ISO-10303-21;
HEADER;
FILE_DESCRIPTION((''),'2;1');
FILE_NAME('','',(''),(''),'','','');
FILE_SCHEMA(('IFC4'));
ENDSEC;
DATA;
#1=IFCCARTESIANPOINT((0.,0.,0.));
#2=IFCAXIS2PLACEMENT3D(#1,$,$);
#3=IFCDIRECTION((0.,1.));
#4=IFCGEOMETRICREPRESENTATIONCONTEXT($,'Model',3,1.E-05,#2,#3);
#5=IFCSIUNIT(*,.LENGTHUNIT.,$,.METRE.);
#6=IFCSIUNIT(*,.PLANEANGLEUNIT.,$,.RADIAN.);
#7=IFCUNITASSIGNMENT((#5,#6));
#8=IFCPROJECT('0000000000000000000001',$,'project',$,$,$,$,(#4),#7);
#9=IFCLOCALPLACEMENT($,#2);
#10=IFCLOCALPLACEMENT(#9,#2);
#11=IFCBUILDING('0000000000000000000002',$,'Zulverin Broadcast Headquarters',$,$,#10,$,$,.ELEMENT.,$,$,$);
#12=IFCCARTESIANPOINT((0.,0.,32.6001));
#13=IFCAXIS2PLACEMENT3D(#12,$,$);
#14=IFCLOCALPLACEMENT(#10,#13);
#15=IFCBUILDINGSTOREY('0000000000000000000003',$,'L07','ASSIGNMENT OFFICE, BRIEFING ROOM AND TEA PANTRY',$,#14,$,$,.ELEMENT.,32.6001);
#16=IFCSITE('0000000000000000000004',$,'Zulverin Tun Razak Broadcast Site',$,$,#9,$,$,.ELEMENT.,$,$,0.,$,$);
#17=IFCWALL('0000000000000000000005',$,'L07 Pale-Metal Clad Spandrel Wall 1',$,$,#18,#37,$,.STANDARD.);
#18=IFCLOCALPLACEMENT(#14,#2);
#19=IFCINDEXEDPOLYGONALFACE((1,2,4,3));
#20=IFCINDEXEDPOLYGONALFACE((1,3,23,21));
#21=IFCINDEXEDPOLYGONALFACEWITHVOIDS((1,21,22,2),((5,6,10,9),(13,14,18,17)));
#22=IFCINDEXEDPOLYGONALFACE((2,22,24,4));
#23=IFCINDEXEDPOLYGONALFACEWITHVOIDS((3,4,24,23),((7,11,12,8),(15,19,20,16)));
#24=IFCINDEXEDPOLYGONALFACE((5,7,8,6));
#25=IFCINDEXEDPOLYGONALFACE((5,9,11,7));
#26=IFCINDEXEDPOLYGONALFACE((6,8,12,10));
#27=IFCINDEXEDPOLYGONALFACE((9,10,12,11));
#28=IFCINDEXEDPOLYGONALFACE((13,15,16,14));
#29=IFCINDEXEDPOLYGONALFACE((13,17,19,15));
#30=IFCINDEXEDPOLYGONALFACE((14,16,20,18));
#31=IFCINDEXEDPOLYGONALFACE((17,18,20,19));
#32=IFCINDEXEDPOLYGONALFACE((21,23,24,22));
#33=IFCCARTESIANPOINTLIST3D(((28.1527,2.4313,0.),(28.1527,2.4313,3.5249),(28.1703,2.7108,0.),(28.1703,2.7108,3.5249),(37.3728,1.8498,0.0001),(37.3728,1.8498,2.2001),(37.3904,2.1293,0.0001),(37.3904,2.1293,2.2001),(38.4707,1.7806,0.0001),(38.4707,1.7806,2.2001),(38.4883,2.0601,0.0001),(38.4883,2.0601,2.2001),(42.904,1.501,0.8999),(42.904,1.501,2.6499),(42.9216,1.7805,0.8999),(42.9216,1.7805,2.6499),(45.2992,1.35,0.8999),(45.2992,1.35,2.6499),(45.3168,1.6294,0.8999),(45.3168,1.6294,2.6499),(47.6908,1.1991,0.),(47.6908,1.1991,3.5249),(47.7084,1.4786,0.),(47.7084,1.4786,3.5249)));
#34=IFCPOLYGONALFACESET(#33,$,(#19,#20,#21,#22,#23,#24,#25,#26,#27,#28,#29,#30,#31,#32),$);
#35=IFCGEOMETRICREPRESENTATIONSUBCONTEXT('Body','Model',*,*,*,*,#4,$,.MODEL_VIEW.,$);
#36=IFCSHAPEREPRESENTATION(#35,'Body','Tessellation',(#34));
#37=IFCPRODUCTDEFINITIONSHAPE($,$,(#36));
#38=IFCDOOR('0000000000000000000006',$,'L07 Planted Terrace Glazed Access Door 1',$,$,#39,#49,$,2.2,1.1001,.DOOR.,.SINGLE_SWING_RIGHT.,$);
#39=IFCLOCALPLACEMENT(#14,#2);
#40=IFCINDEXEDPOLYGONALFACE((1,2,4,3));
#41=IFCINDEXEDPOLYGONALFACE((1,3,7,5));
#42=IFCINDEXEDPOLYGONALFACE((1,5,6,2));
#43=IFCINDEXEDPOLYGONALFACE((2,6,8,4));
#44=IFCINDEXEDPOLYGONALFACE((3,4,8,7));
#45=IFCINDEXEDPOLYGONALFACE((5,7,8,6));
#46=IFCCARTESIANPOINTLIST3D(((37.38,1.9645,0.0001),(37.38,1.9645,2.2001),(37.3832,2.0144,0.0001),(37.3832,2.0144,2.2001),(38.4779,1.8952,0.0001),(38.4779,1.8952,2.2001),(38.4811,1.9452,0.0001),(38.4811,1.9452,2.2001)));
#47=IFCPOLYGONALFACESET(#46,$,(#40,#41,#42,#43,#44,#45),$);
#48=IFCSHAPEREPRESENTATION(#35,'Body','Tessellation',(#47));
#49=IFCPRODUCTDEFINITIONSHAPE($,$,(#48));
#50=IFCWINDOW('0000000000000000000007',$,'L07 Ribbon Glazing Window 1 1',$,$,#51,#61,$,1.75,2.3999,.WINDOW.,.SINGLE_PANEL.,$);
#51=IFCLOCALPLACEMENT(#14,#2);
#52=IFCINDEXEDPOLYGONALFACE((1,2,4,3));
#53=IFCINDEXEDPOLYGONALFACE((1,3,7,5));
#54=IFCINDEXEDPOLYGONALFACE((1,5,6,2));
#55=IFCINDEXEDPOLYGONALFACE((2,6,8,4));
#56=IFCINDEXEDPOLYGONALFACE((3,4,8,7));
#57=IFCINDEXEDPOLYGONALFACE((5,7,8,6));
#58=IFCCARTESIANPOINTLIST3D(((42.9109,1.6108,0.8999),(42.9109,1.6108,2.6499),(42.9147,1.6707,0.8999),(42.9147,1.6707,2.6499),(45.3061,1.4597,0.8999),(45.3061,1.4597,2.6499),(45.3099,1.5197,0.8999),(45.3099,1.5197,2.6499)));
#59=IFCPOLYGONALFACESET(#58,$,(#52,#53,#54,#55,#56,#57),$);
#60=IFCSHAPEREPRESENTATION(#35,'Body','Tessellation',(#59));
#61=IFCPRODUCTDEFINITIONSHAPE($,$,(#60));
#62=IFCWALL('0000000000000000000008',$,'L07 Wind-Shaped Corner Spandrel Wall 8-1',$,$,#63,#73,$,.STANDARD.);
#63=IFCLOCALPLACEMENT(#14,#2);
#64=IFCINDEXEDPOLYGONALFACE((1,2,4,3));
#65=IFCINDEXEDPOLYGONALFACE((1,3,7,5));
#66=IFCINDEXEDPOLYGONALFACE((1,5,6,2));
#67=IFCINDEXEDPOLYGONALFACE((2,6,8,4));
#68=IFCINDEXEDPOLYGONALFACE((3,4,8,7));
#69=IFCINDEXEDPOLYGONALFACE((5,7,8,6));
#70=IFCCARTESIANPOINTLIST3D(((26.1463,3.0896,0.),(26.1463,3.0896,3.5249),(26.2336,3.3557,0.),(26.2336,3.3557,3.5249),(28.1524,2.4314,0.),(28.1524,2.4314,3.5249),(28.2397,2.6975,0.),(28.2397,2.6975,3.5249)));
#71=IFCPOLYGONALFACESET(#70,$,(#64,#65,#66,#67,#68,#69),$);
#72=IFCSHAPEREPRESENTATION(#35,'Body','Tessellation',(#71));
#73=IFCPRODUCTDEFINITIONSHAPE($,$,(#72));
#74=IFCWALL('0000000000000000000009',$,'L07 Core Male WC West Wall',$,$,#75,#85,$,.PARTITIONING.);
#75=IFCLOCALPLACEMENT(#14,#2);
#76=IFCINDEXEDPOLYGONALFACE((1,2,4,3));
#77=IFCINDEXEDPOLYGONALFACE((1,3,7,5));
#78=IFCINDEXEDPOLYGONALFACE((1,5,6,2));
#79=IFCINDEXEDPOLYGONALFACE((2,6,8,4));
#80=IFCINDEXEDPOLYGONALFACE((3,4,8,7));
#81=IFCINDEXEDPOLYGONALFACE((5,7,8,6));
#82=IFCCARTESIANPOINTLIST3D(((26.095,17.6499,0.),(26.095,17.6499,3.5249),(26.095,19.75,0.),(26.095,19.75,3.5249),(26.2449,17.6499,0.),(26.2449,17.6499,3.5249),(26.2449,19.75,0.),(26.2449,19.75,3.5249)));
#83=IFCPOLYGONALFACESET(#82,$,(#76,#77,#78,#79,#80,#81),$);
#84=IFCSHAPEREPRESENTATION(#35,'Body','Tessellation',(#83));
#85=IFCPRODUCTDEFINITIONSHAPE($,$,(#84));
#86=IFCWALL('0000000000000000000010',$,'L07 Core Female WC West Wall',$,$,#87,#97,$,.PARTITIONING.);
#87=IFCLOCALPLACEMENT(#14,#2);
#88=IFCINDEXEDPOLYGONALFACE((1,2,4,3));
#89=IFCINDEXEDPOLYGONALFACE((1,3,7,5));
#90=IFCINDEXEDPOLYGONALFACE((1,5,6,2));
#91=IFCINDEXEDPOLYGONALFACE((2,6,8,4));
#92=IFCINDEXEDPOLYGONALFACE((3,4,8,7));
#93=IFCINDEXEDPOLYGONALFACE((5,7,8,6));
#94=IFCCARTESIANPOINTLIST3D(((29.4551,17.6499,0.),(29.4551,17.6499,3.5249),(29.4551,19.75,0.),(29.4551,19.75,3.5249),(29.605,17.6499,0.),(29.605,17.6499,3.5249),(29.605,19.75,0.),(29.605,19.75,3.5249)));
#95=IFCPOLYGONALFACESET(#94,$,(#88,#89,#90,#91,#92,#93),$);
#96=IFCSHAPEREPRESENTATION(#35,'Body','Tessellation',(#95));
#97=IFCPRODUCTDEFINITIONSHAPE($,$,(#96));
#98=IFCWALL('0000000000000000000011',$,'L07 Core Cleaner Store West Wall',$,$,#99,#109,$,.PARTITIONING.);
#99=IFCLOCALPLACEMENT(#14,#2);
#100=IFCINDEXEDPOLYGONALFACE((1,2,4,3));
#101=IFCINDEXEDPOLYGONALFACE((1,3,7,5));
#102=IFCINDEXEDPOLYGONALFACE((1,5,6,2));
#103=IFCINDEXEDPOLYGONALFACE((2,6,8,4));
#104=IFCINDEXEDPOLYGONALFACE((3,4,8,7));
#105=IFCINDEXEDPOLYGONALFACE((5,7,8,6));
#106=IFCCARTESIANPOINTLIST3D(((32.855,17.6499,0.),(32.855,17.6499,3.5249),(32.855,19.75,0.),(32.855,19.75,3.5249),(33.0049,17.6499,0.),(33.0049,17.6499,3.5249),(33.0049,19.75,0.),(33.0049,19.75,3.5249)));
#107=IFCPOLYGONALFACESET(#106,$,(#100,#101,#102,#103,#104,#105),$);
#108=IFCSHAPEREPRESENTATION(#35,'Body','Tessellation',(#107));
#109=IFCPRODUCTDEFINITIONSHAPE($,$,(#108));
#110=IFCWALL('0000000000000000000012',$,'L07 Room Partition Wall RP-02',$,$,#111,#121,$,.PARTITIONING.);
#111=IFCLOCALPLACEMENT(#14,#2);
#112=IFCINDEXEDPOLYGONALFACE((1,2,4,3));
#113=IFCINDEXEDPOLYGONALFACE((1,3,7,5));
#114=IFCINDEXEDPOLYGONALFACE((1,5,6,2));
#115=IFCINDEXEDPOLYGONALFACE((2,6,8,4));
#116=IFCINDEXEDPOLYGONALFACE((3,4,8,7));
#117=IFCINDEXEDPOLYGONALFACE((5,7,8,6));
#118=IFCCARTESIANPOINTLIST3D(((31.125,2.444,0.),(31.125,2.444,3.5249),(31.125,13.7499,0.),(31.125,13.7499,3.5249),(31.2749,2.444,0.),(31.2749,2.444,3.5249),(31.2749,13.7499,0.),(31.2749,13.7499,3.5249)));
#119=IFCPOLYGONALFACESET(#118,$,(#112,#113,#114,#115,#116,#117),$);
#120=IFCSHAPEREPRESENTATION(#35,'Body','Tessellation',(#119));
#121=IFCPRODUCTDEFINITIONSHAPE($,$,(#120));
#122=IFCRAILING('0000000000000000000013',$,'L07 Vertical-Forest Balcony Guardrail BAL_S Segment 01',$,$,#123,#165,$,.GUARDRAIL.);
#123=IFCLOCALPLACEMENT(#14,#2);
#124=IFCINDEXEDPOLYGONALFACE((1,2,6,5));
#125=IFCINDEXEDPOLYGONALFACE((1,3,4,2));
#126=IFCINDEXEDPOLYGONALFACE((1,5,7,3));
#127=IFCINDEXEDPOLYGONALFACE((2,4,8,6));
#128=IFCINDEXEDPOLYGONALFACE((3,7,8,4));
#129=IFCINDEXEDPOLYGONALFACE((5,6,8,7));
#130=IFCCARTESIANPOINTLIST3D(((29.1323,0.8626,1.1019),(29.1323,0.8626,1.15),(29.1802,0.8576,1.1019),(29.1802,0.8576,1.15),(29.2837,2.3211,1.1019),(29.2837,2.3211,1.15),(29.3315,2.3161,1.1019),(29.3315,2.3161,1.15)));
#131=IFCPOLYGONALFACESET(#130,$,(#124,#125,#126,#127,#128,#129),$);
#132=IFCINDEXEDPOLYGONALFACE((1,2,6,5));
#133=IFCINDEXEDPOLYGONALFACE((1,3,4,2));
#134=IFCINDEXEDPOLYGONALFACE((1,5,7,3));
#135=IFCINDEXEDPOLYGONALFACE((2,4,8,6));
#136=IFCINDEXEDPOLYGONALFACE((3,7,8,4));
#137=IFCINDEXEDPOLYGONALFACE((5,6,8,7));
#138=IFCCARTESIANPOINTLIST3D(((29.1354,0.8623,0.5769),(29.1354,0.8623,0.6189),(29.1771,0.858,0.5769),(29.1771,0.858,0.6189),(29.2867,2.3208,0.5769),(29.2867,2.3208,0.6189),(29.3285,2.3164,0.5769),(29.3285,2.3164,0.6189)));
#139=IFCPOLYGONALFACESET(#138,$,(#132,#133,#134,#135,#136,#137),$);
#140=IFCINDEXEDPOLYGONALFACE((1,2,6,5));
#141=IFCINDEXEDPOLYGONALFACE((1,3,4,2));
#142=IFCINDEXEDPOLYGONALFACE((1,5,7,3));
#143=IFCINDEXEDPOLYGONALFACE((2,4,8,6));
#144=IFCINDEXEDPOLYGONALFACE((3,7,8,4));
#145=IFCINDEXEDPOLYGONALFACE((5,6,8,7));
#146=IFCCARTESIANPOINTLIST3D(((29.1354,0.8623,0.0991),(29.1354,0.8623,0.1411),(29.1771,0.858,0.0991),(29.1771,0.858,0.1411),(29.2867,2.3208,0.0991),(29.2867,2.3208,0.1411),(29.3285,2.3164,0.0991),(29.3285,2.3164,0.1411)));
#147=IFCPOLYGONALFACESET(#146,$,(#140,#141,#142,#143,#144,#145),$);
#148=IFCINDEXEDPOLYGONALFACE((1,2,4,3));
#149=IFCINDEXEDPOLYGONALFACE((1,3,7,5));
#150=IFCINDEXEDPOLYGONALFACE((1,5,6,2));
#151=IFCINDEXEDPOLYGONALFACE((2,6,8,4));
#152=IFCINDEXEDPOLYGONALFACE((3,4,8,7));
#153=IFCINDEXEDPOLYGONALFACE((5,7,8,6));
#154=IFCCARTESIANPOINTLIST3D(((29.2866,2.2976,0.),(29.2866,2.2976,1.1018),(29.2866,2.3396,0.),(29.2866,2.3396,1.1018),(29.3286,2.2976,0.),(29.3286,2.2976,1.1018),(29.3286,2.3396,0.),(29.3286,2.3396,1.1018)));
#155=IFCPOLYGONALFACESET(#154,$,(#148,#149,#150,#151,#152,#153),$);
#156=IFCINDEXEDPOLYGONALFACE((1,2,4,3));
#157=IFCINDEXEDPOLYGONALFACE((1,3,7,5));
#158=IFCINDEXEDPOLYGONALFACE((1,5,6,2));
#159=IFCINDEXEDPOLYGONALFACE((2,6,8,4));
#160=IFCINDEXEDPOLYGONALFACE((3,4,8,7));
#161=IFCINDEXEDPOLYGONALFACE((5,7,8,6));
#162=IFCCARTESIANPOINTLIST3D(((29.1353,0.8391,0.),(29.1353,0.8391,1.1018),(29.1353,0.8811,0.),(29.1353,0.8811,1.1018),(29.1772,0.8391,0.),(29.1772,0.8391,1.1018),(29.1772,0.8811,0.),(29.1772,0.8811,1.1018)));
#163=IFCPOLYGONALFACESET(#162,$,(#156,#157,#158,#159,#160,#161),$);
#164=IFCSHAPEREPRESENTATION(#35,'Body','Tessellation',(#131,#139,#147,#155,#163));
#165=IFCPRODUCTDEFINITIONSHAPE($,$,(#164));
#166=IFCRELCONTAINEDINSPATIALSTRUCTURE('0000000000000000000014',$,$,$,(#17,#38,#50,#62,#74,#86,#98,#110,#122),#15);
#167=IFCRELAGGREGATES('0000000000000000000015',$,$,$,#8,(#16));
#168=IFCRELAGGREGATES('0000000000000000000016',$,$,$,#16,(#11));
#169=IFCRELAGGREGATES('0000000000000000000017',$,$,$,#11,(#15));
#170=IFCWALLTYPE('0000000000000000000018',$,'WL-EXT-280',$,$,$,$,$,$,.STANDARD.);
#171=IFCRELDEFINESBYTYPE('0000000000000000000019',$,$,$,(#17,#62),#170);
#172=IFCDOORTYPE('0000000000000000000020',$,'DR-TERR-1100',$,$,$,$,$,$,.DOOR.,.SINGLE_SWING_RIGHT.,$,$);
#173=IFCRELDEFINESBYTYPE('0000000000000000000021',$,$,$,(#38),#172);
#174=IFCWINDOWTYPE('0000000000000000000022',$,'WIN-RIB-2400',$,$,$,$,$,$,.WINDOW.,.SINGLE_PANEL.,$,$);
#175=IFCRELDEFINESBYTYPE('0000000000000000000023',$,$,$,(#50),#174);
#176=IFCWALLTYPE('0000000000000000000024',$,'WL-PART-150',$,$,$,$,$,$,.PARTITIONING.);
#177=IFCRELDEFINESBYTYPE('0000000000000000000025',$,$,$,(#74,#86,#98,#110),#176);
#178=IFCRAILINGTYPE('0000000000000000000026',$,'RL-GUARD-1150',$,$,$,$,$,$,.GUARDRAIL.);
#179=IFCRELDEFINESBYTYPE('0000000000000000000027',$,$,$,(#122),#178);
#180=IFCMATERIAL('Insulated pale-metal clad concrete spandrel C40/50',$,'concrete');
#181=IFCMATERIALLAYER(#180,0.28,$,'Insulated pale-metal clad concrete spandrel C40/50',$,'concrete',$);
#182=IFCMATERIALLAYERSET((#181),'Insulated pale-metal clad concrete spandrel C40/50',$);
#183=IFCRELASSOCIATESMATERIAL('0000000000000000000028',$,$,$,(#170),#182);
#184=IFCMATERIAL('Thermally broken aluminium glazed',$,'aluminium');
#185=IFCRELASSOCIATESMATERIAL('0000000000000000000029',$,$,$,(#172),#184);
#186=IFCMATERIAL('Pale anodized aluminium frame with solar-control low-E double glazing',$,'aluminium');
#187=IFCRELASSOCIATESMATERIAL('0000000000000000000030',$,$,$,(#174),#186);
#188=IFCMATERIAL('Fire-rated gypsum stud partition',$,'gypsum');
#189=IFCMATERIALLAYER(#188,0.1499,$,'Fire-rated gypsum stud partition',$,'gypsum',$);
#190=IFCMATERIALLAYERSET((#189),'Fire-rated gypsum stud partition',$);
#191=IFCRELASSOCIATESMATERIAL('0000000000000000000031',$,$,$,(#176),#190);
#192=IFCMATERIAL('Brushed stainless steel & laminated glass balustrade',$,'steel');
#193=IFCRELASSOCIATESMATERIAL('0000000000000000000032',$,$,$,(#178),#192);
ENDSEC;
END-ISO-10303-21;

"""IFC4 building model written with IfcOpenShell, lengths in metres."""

from ifc_helpers import new_model, si_unit, direction, frame, frame_2d, origin, origin_2d, place, context, subcontext, project, spatial, rectangle, extrude, material, layer, layer_set, type_object, element, fill, save


model = new_model("IFC4")

# Units and contexts
model_context = context("Model", 3, precision=1e-05, world=origin(), true_north=direction((0.0, 1.0)))
body_context = subcontext(model_context, "Body", "Model", "MODEL_VIEW")
ifc_project = project(units=[si_unit("LENGTHUNIT", "METRE"), si_unit("PLANEANGLEUNIT", "RADIAN")], contexts=[model_context])

# Site, building, storey
site_placement = place(None, origin())
site = spatial("IfcSite", under=ifc_project, at=site_placement, Name="Zulverin Tun Razak Broadcast Site", CompositionType="ELEMENT", RefElevation=0.0)
building_placement = place(site_placement, origin())
building = spatial("IfcBuilding", under=site, at=building_placement, Name="Zulverin Broadcast Headquarters", CompositionType="ELEMENT")
storey_placement = place(building_placement, frame((0.0, 0.0, 32.6001)))
storey = spatial("IfcBuildingStorey", under=building, at=storey_placement, Name="L07", Description="ASSIGNMENT OFFICE, BRIEFING ROOM AND TEA PANTRY", CompositionType="ELEMENT", Elevation=32.6001)

# Wall, openings, door, window
ifc_material_1 = material(Name="Insulated pale-metal clad concrete spandrel C40/50", Category="concrete")
ifc_layer_1 = layer(ifc_material_1, 0.28, Name="Insulated pale-metal clad concrete spandrel C40/50", Category="concrete")
ifc_layer_set_1 = layer_set([ifc_layer_1], Name="Insulated pale-metal clad concrete spandrel C40/50")
wall_type_1 = type_object("IfcWallType", Name="WL-EXT-280", PredefinedType="STANDARD", material=ifc_layer_set_1)
wall_1_placement = place(storey_placement, frame((28.1614, 2.571, 0.0), z_axis=(0.0, 0.0, 1.0), x_axis=(0.998017, -0.06294, 0.0)))
wall_1 = element("IfcWall", 1, at=wall_1_placement, inside=storey, type_object=wall_type_1, Name="L07 Pale-Metal Clad Spandrel Wall 1", PredefinedType="STANDARD", context=body_context, shape_type="SweptSolid", body=[
    extrude(rectangle(XDim=19.5769, YDim=0.28, at=frame_2d((9.7886, 0.0))), origin(), (0.0, 0.0, 1.0), 3.5249),
])
opening_1_placement = place(wall_1_placement, frame((9.2385, 0.0, 0.0)))
opening_1 = element("IfcOpeningElement", 2, at=opening_1_placement, cuts=wall_1, PredefinedType="OPENING", context=body_context, shape_type="SweptSolid", body=[
    extrude(rectangle(XDim=1.1001, YDim=2.2, at=frame_2d((0.55, 1.1001))), frame((0.0, 0.1499, 0.0), z_axis=(0.0, -1.0, 0.0), x_axis=(1.0, 0.0, 0.0)), (0.0, 0.0, 1.0), 0.3),
])
opening_2_placement = place(wall_1_placement, frame((14.7808, 0.0, 0.8999)))
opening_2 = element("IfcOpeningElement", 3, at=opening_2_placement, cuts=wall_1, PredefinedType="OPENING", context=body_context, shape_type="SweptSolid", body=[
    extrude(rectangle(XDim=2.3999, YDim=1.75, at=frame_2d((1.2, 0.875))), frame((0.0, 0.1499, 0.0), z_axis=(0.0, -1.0, 0.0), x_axis=(1.0, 0.0, 0.0)), (0.0, 0.0, 1.0), 0.3),
])
ifc_material_2 = material(Name="Thermally broken aluminium glazed", Category="aluminium")
door_type = type_object("IfcDoorType", Name="DR-TERR-1100", OperationType="SINGLE_SWING_RIGHT", PredefinedType="DOOR", material=ifc_material_2)
door_placement = place(opening_1_placement, origin())
door = element("IfcDoor", 4, at=door_placement, inside=storey, type_object=door_type, Name="L07 Planted Terrace Glazed Access Door 1", OperationType="SINGLE_SWING_RIGHT", OverallHeight=2.2, OverallWidth=1.1001, PredefinedType="DOOR", context=body_context, shape_type="SweptSolid", body=[
    extrude(rectangle(XDim=1.1001, YDim=2.2, at=frame_2d((0.55, 1.1001))), frame((0.0, 0.0249, 0.0), z_axis=(0.0, -1.0, 0.0), x_axis=(1.0, 0.0, 0.0)), (0.0, 0.0, 1.0), 0.05),
])
fill(opening_1, door)
ifc_material_3 = material(Name="Pale anodized aluminium frame with solar-control low-E double glazing", Category="aluminium")
window_type = type_object("IfcWindowType", Name="WIN-RIB-2400", PartitioningType="SINGLE_PANEL", PredefinedType="WINDOW", material=ifc_material_3)
window_placement = place(opening_2_placement, origin())
window = element("IfcWindow", 5, at=window_placement, inside=storey, type_object=window_type, Name="L07 Ribbon Glazing Window 1 1", OverallHeight=1.75, OverallWidth=2.3999, PartitioningType="SINGLE_PANEL", PredefinedType="WINDOW", context=body_context, shape_type="SweptSolid", body=[
    extrude(rectangle(XDim=2.3999, YDim=1.75, at=frame_2d((1.2, 0.875))), frame((0.0, 0.03, 0.0), z_axis=(0.0, -1.0, 0.0), x_axis=(1.0, 0.0, 0.0)), (0.0, 0.0, 1.0), 0.0601),
])
fill(opening_2, window)

# Walls
wall_2_placement = place(storey_placement, frame((26.1899, 3.2227, 0.0), z_axis=(0.0, 0.0, 1.0), x_axis=(0.950164, -0.311749, 0.0)))
element("IfcWall", 6, at=wall_2_placement, inside=storey, type_object=wall_type_1, Name="L07 Wind-Shaped Corner Spandrel Wall 8-1", PredefinedType="STANDARD", context=body_context, shape_type="SweptSolid", body=[
    extrude(rectangle(XDim=2.1113, YDim=0.28, at=frame_2d((1.0557, 0.0))), origin(), (0.0, 0.0, 1.0), 3.5249),
])
ifc_material_4 = material(Name="Fire-rated gypsum stud partition", Category="gypsum")
ifc_layer_2 = layer(ifc_material_4, 0.1499, Name="Fire-rated gypsum stud partition", Category="gypsum")
ifc_layer_set_2 = layer_set([ifc_layer_2], Name="Fire-rated gypsum stud partition")
wall_type_2 = type_object("IfcWallType", Name="WL-PART-150", PredefinedType="PARTITIONING", material=ifc_layer_set_2)
for number, where, z_axis, x_axis, name in (
    (7, (26.1699, 17.6499, 0.0), (0.0, 0.0, 1.0), (0.0, 1.0, 0.0), "L07 Core Male WC West Wall"),
    (8, (29.53, 17.6499, 0.0), (0.0, 0.0, 1.0), (0.0, 1.0, 0.0), "L07 Core Female WC West Wall"),
    (9, (32.9299, 17.6499, 0.0), (0.0, 0.0, 1.0), (0.0, 1.0, 0.0), "L07 Core Cleaner Store West Wall"),
):
    element("IfcWall", number, at=place(storey_placement, frame(where, z_axis=z_axis, x_axis=x_axis)), inside=storey, type_object=wall_type_2, Name=name, PredefinedType="PARTITIONING", context=body_context, shape_type="SweptSolid", body=[
        extrude(rectangle(XDim=2.1001, YDim=0.1499, at=frame_2d((1.05, 0.0))), origin(), (0.0, 0.0, 1.0), 3.5249),
    ])
wall_3_placement = place(storey_placement, frame((31.2, 2.4441, 0.0), z_axis=(0.0, 0.0, 1.0), x_axis=(0.0, 1.0, 0.0)))
element("IfcWall", 10, at=wall_3_placement, inside=storey, type_object=wall_type_2, Name="L07 Room Partition Wall RP-02", PredefinedType="PARTITIONING", context=body_context, shape_type="SweptSolid", body=[
    extrude(rectangle(XDim=11.3059, YDim=0.1499, at=frame_2d((5.6528, 0.0))), origin(), (0.0, 0.0, 1.0), 3.5249),
])

# Railing
ifc_material_5 = material(Name="Brushed stainless steel & laminated glass balustrade", Category="steel")
railing_type = type_object("IfcRailingType", Name="RL-GUARD-1150", PredefinedType="GUARDRAIL", material=ifc_material_5)
railing_1_placement = place(storey_placement, frame((29.3076, 2.3186, 0.0)))
element("IfcRailing", 11, at=railing_1_placement, inside=storey, type_object=railing_type, Name="L07 Vertical-Forest Balcony Guardrail BAL_S Segment 01", PredefinedType="GUARDRAIL", context=body_context, shape_type="SweptSolid", body=[
    extrude(rectangle(XDim=0.0481, YDim=0.0481, at=origin_2d()), frame((0.0, 0.0, 1.126), z_axis=(-0.103229, -0.994658, 0.0), x_axis=(0.994658, -0.103229, 0.0)), (0.0, 0.0, 1.0), 1.4663),
    extrude(rectangle(XDim=0.042, YDim=0.042, at=origin_2d()), frame((0.0, 0.0, 0.5979), z_axis=(-0.103229, -0.994658, 0.0), x_axis=(0.994658, -0.103229, 0.0)), (0.0, 0.0, 1.0), 1.4663),
    extrude(rectangle(XDim=0.042, YDim=0.042, at=origin_2d()), frame((0.0, 0.0, 0.1201), z_axis=(-0.103229, -0.994658, 0.0), x_axis=(0.994658, -0.103229, 0.0)), (0.0, 0.0, 1.0), 1.4663),
    extrude(rectangle(XDim=0.042, YDim=0.042, at=origin_2d()), origin(), (0.0, 0.0, 1.0), 1.1018),
    extrude(rectangle(XDim=0.042, YDim=0.042, at=origin_2d()), frame((-0.1514, -1.4585, 0.0)), (0.0, 0.0, 1.0), 1.1018),
])

save(model, "model.ifc")
